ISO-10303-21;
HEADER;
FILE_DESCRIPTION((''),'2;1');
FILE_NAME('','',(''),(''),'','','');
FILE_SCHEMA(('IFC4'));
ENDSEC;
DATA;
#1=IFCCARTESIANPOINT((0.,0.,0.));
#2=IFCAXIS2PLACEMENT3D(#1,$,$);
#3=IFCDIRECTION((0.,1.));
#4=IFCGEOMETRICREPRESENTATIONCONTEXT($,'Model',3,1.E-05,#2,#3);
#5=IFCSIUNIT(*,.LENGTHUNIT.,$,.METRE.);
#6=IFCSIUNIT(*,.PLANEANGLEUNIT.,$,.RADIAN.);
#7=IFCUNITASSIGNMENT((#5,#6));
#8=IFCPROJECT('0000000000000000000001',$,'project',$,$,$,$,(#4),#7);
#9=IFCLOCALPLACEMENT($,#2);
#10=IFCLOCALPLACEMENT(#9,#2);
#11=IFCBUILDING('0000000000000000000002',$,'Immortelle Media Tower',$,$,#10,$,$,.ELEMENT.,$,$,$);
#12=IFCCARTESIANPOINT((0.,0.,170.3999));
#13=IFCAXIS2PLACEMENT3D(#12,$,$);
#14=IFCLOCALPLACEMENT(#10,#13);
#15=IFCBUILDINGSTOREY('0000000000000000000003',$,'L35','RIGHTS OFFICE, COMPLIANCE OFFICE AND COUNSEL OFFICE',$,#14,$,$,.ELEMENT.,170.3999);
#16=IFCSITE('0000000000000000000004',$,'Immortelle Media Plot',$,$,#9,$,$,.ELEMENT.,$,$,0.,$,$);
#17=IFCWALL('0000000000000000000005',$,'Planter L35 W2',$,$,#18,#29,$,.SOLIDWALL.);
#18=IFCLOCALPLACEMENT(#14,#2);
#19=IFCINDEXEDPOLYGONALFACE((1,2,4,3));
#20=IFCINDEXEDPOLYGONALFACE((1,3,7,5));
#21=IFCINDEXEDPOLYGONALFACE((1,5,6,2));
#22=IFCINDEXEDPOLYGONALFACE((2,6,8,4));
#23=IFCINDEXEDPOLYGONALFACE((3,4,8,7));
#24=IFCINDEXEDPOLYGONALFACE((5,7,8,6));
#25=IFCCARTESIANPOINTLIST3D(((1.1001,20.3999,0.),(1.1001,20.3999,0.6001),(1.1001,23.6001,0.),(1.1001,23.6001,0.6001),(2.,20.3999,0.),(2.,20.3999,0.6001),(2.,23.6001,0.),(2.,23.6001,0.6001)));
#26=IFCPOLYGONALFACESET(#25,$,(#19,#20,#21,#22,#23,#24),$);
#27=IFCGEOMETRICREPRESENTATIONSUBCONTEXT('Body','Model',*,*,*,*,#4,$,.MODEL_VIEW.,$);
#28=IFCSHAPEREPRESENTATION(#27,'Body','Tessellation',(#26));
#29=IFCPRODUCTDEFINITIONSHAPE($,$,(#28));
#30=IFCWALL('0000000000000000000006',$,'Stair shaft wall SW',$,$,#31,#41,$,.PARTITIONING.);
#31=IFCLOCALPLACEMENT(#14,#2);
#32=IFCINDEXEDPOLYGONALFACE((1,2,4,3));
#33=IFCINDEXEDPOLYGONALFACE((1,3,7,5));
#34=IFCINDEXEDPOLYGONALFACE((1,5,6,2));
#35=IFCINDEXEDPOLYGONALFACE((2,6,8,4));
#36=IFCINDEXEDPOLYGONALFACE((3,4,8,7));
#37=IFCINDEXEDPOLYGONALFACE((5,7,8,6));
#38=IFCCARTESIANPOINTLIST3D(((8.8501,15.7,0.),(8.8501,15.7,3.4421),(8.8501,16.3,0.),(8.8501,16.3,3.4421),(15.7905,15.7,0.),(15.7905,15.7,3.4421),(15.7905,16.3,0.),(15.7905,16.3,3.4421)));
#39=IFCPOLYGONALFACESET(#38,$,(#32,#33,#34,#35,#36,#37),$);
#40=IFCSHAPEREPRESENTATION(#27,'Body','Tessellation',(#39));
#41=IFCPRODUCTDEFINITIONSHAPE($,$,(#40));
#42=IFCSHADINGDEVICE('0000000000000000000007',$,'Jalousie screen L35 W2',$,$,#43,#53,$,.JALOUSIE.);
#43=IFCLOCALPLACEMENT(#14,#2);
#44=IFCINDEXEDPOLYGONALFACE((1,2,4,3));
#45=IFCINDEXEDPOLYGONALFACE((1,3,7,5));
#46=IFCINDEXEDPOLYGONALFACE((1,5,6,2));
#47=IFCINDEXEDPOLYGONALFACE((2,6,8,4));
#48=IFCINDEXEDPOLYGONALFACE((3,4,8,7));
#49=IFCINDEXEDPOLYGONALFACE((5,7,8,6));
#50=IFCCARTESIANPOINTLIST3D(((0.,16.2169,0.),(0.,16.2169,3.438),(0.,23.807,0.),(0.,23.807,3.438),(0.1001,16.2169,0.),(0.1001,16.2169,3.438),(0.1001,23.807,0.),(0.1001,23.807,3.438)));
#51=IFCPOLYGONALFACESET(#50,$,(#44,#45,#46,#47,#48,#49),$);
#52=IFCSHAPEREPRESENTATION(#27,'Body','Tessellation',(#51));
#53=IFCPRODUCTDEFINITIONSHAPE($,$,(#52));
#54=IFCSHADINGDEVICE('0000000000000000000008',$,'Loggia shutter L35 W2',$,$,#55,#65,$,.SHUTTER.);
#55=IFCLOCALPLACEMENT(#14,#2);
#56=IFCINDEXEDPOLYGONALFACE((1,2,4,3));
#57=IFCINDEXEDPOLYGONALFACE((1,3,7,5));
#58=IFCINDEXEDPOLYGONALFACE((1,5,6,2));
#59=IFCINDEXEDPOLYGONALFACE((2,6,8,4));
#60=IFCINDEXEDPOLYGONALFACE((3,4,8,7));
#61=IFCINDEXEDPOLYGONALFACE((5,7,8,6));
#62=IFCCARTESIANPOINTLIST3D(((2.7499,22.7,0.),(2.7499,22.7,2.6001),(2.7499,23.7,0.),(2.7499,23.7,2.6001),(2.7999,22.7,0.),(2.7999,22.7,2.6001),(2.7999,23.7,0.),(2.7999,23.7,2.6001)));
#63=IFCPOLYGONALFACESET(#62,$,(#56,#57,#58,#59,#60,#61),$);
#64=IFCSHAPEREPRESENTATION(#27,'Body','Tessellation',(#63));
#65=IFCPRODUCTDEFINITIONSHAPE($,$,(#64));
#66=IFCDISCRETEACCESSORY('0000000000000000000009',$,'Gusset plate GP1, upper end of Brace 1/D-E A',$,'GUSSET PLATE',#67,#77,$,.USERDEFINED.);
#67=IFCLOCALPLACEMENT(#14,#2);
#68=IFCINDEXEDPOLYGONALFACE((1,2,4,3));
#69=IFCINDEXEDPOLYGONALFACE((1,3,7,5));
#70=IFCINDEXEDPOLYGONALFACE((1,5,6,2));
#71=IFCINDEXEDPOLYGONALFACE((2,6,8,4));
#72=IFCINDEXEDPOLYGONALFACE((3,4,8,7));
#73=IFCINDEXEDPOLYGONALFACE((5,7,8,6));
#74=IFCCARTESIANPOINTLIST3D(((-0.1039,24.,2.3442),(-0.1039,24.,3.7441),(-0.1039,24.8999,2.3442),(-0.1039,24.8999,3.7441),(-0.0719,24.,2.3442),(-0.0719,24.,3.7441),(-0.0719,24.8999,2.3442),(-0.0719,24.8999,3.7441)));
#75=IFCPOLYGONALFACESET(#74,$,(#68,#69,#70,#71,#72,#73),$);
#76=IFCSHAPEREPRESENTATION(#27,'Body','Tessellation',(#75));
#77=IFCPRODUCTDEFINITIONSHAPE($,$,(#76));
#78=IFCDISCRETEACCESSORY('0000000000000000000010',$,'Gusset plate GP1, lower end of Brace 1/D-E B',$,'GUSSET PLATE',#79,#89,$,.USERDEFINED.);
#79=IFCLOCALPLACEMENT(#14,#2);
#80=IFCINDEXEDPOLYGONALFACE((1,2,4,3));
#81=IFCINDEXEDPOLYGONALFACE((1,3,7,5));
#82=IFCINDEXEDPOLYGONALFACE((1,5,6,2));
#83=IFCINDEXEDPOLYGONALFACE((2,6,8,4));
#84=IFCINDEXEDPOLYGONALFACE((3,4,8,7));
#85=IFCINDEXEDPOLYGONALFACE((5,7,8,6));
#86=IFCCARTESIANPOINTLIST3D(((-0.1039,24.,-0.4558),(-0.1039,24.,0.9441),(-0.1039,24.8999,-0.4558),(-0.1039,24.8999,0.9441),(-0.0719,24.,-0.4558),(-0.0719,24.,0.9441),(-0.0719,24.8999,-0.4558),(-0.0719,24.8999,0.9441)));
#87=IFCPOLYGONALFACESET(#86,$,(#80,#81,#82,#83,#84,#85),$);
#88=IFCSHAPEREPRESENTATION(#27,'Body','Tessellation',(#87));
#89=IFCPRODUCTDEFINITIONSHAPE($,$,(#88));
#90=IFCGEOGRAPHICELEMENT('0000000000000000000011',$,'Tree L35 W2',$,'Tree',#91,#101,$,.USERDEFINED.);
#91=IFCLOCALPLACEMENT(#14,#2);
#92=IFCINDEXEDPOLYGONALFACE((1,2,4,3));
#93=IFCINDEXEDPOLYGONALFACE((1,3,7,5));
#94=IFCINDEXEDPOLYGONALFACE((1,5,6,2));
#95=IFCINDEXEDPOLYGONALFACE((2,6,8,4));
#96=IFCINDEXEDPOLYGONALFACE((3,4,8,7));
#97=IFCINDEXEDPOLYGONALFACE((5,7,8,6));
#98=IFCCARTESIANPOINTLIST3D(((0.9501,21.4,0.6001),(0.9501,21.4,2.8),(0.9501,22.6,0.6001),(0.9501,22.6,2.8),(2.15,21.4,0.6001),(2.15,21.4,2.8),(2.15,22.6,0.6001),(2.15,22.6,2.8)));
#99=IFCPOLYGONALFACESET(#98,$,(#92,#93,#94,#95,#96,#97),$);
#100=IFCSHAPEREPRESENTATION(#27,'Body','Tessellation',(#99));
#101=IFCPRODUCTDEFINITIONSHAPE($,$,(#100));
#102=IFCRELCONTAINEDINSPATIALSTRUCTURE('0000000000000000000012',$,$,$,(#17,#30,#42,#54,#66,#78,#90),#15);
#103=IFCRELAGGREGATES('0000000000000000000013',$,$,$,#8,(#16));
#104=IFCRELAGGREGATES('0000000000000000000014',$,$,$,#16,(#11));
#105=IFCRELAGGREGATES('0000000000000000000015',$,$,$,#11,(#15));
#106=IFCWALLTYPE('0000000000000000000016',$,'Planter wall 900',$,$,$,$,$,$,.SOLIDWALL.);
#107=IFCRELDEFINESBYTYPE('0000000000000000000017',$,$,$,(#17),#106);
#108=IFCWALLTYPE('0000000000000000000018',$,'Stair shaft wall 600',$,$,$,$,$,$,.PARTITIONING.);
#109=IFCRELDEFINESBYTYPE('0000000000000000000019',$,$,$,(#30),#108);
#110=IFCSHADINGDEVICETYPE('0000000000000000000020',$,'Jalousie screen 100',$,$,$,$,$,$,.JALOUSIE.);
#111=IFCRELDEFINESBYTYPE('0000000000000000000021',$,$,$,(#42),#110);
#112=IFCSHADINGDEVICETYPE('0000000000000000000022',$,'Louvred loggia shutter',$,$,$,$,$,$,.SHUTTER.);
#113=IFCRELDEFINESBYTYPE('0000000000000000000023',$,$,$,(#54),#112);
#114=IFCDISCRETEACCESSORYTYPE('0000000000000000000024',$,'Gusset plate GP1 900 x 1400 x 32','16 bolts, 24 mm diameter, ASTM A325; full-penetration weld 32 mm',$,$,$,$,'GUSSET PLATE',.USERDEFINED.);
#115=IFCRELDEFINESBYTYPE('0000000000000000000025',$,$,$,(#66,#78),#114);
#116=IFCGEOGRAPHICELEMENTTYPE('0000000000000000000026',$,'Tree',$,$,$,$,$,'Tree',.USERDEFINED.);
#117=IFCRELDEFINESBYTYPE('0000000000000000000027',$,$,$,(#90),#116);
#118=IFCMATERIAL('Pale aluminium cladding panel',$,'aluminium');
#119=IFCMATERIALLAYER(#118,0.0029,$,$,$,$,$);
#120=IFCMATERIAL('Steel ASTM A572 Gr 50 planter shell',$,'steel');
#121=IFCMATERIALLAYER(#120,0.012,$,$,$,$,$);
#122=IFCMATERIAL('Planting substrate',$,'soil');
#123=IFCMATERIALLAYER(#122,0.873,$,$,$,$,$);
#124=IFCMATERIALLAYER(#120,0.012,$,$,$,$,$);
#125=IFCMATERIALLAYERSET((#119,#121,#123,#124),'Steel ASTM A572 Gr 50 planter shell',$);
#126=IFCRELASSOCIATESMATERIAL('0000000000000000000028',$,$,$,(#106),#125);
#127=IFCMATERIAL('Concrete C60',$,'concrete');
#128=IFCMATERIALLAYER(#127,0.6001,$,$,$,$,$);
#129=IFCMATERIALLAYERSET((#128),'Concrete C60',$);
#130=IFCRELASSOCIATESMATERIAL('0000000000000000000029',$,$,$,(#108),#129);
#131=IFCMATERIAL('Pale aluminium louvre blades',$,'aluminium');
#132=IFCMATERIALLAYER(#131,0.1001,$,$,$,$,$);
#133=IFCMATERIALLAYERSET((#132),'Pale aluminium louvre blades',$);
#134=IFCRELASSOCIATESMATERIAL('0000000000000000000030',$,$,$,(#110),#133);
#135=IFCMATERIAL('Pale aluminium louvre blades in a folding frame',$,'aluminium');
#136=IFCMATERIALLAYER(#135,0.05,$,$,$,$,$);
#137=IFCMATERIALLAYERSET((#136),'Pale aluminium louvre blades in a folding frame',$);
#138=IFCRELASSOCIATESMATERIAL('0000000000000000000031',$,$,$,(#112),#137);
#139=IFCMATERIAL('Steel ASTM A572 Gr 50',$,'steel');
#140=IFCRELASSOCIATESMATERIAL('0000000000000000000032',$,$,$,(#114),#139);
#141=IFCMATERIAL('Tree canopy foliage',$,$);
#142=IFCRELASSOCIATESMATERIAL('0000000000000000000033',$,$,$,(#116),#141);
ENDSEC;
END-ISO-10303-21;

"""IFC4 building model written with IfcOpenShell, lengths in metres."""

from ifc_helpers import new_model, si_unit, direction, frame, frame_2d, origin, origin_2d, place, context, subcontext, project, spatial, rectangle, extrude, material, layer, layer_set, material_profile, profile_set, type_object, element, save


model = new_model("IFC4")

# Units and contexts
model_context = context("Model", 3, precision=1e-05, world=origin(), true_north=direction((0.0, 1.0)))
body_context = subcontext(model_context, "Body", "Model", "MODEL_VIEW")
ifc_project = project(units=[si_unit("LENGTHUNIT", "METRE"), si_unit("PLANEANGLEUNIT", "RADIAN")], contexts=[model_context])

# Site, building, storey
site_placement = place(None, origin())
site = spatial("IfcSite", under=ifc_project, at=site_placement, Name="Immortelle Media Plot", CompositionType="ELEMENT", RefElevation=0.0)
building_placement = place(site_placement, origin())
building = spatial("IfcBuilding", under=site, at=building_placement, Name="Immortelle Media Tower", CompositionType="ELEMENT")
storey_placement = place(building_placement, frame((0.0, 0.0, 170.3999)))
storey = spatial("IfcBuildingStorey", under=building, at=storey_placement, Name="L35", Description="RIGHTS OFFICE, COMPLIANCE OFFICE AND COUNSEL OFFICE", CompositionType="ELEMENT", Elevation=170.3999)

# Shared definitions
ifc_material_1 = material(Name="Pale aluminium cladding panel", Category="aluminium")

# Walls
ifc_layer_1 = layer(ifc_material_1, 0.0029)
ifc_material_2 = material(Name="Steel ASTM A572 Gr 50 planter shell", Category="steel")
ifc_layer_2 = layer(ifc_material_2, 0.012)
ifc_material_3 = material(Name="Planting substrate", Category="soil")
ifc_layer_3 = layer(ifc_material_3, 0.873)
ifc_layer_4 = layer(ifc_material_2, 0.012)
ifc_layer_set_1 = layer_set([ifc_layer_1, ifc_layer_2, ifc_layer_3, ifc_layer_4], Name="Steel ASTM A572 Gr 50 planter shell")
wall_type_1 = type_object("IfcWallType", Name="Planter wall 900", PredefinedType="SOLIDWALL", material=ifc_layer_set_1)
wall_1_placement = place(storey_placement, frame((1.55, 23.6001, 0.0), z_axis=(0.0, 0.0, 1.0), x_axis=(0.0, -1.0, 0.0)))
element("IfcWall", 1, at=wall_1_placement, inside=storey, type_object=wall_type_1, Name="Planter L35 W2", PredefinedType="SOLIDWALL", context=body_context, shape_type="SweptSolid", body=[
    extrude(rectangle(XDim=3.2002, YDim=0.8999, at=frame_2d((1.6001, 0.0))), origin(), (0.0, 0.0, 1.0), 0.6001),
])
ifc_material_4 = material(Name="Concrete C60", Category="concrete")
ifc_layer_5 = layer(ifc_material_4, 0.6001)
ifc_layer_set_2 = layer_set([ifc_layer_5], Name="Concrete C60")
wall_type_2 = type_object("IfcWallType", Name="Stair shaft wall 600", PredefinedType="PARTITIONING", material=ifc_layer_set_2)
wall_2_placement = place(storey_placement, frame((8.8501, 16.0, 0.0), z_axis=(0.0, 0.0, 1.0), x_axis=(1.0, 0.0, 0.0)))
element("IfcWall", 2, at=wall_2_placement, inside=storey, type_object=wall_type_2, Name="Stair shaft wall SW", PredefinedType="PARTITIONING", context=body_context, shape_type="SweptSolid", body=[
    extrude(rectangle(XDim=6.9404, YDim=0.6001, at=frame_2d((3.4702, 0.0))), origin(), (0.0, 0.0, 1.0), 3.4421),
])

# Shading devices
ifc_material_5 = material(Name="Pale aluminium louvre blades", Category="aluminium")
ifc_layer_6 = layer(ifc_material_5, 0.1001)
ifc_layer_set_3 = layer_set([ifc_layer_6], Name="Pale aluminium louvre blades")
shading_device_type_1 = type_object("IfcShadingDeviceType", Name="Jalousie screen 100", PredefinedType="JALOUSIE", material=ifc_layer_set_3)
shading_device_1_placement = place(storey_placement, frame((0.05, 20.012, 0.0), z_axis=(0.0, 0.0, 1.0), x_axis=(0.0, -1.0, 0.0)))
element("IfcShadingDevice", 3, at=shading_device_1_placement, inside=storey, type_object=shading_device_type_1, Name="Jalousie screen L35 W2", PredefinedType="JALOUSIE", context=body_context, shape_type="SweptSolid", body=[
    extrude(rectangle(XDim=7.5901, YDim=0.1001, at=origin_2d()), origin(), (0.0, 0.0, 1.0), 3.438),
])
ifc_material_6 = material(Name="Pale aluminium louvre blades in a folding frame", Category="aluminium")
ifc_layer_7 = layer(ifc_material_6, 0.05)
ifc_layer_set_4 = layer_set([ifc_layer_7], Name="Pale aluminium louvre blades in a folding frame")
shading_device_type_2 = type_object("IfcShadingDeviceType", Name="Louvred loggia shutter", PredefinedType="SHUTTER", material=ifc_layer_set_4)
shading_device_2_placement = place(storey_placement, frame((2.7749, 23.2, 0.0), z_axis=(0.0, 0.0, 1.0), x_axis=(0.0, -1.0, 0.0)))
element("IfcShadingDevice", 4, at=shading_device_2_placement, inside=storey, type_object=shading_device_type_2, Name="Loggia shutter L35 W2", PredefinedType="SHUTTER", context=body_context, shape_type="SweptSolid", body=[
    extrude(rectangle(XDim=1.0, YDim=0.05, at=origin_2d()), origin(), (0.0, 0.0, 1.0), 2.6001),
])

# Discrete accessories
ifc_material_7 = material(Name="Steel ASTM A572 Gr 50", Category="steel")
ifc_material_profile_1 = material_profile(ifc_material_7, rectangle(XDim=0.032, YDim=1.3999, at=origin_2d()), Name="PL 32 x 1400")
ifc_profile_set_1 = profile_set([ifc_material_profile_1], Name="Steel ASTM A572 Gr 50")
discrete_accessory_type = type_object("IfcDiscreteAccessoryType", Name="Gusset plate GP1 900 x 1400 x 32", Description="16 bolts, 24 mm diameter, ASTM A325; full-penetration weld 32 mm", ElementType="GUSSET PLATE", PredefinedType="USERDEFINED", material=ifc_profile_set_1)
for number, where, z_axis, x_axis, name in (
    (5, (-0.0879, 24.0, 3.0442), (0.0, 1.0, 0.0), (-1.0, 0.0, 0.0), "Gusset plate GP1, upper end of Brace 1/D-E A"),
    (6, (-0.0879, 24.0, 0.2441), (0.0, 1.0, 0.0), (-1.0, 0.0, 0.0), "Gusset plate GP1, lower end of Brace 1/D-E B"),
):
    element("IfcDiscreteAccessory", number, at=place(storey_placement, frame(where, z_axis=z_axis, x_axis=x_axis)), inside=storey, type_object=discrete_accessory_type, Name=name, ObjectType="GUSSET PLATE", PredefinedType="USERDEFINED", context=body_context, shape_type="SweptSolid", body=[
        extrude(rectangle(XDim=0.032, YDim=1.3999, at=origin_2d()), origin(), (0.0, 0.0, 1.0), 0.8999),
    ])

# Geographic element
ifc_material_8 = material(Name="Tree canopy foliage")
geographic_element_type = type_object("IfcGeographicElementType", Name="Tree", ElementType="Tree", PredefinedType="USERDEFINED", material=ifc_material_8)
geographic_element_placement = place(storey_placement, frame((1.55, 22.0, 0.6001), z_axis=(0.0, 0.0, 1.0), x_axis=(1.0, 0.0, 0.0)))
element("IfcGeographicElement", 7, at=geographic_element_placement, inside=storey, type_object=geographic_element_type, Name="Tree L35 W2", ObjectType="Tree", PredefinedType="USERDEFINED", context=body_context, shape_type="SweptSolid", body=[
    extrude(rectangle(XDim=1.2, YDim=1.2, at=origin_2d()), origin(), (0.0, 0.0, 1.0), 2.2),
])

save(model, "model.ifc")
